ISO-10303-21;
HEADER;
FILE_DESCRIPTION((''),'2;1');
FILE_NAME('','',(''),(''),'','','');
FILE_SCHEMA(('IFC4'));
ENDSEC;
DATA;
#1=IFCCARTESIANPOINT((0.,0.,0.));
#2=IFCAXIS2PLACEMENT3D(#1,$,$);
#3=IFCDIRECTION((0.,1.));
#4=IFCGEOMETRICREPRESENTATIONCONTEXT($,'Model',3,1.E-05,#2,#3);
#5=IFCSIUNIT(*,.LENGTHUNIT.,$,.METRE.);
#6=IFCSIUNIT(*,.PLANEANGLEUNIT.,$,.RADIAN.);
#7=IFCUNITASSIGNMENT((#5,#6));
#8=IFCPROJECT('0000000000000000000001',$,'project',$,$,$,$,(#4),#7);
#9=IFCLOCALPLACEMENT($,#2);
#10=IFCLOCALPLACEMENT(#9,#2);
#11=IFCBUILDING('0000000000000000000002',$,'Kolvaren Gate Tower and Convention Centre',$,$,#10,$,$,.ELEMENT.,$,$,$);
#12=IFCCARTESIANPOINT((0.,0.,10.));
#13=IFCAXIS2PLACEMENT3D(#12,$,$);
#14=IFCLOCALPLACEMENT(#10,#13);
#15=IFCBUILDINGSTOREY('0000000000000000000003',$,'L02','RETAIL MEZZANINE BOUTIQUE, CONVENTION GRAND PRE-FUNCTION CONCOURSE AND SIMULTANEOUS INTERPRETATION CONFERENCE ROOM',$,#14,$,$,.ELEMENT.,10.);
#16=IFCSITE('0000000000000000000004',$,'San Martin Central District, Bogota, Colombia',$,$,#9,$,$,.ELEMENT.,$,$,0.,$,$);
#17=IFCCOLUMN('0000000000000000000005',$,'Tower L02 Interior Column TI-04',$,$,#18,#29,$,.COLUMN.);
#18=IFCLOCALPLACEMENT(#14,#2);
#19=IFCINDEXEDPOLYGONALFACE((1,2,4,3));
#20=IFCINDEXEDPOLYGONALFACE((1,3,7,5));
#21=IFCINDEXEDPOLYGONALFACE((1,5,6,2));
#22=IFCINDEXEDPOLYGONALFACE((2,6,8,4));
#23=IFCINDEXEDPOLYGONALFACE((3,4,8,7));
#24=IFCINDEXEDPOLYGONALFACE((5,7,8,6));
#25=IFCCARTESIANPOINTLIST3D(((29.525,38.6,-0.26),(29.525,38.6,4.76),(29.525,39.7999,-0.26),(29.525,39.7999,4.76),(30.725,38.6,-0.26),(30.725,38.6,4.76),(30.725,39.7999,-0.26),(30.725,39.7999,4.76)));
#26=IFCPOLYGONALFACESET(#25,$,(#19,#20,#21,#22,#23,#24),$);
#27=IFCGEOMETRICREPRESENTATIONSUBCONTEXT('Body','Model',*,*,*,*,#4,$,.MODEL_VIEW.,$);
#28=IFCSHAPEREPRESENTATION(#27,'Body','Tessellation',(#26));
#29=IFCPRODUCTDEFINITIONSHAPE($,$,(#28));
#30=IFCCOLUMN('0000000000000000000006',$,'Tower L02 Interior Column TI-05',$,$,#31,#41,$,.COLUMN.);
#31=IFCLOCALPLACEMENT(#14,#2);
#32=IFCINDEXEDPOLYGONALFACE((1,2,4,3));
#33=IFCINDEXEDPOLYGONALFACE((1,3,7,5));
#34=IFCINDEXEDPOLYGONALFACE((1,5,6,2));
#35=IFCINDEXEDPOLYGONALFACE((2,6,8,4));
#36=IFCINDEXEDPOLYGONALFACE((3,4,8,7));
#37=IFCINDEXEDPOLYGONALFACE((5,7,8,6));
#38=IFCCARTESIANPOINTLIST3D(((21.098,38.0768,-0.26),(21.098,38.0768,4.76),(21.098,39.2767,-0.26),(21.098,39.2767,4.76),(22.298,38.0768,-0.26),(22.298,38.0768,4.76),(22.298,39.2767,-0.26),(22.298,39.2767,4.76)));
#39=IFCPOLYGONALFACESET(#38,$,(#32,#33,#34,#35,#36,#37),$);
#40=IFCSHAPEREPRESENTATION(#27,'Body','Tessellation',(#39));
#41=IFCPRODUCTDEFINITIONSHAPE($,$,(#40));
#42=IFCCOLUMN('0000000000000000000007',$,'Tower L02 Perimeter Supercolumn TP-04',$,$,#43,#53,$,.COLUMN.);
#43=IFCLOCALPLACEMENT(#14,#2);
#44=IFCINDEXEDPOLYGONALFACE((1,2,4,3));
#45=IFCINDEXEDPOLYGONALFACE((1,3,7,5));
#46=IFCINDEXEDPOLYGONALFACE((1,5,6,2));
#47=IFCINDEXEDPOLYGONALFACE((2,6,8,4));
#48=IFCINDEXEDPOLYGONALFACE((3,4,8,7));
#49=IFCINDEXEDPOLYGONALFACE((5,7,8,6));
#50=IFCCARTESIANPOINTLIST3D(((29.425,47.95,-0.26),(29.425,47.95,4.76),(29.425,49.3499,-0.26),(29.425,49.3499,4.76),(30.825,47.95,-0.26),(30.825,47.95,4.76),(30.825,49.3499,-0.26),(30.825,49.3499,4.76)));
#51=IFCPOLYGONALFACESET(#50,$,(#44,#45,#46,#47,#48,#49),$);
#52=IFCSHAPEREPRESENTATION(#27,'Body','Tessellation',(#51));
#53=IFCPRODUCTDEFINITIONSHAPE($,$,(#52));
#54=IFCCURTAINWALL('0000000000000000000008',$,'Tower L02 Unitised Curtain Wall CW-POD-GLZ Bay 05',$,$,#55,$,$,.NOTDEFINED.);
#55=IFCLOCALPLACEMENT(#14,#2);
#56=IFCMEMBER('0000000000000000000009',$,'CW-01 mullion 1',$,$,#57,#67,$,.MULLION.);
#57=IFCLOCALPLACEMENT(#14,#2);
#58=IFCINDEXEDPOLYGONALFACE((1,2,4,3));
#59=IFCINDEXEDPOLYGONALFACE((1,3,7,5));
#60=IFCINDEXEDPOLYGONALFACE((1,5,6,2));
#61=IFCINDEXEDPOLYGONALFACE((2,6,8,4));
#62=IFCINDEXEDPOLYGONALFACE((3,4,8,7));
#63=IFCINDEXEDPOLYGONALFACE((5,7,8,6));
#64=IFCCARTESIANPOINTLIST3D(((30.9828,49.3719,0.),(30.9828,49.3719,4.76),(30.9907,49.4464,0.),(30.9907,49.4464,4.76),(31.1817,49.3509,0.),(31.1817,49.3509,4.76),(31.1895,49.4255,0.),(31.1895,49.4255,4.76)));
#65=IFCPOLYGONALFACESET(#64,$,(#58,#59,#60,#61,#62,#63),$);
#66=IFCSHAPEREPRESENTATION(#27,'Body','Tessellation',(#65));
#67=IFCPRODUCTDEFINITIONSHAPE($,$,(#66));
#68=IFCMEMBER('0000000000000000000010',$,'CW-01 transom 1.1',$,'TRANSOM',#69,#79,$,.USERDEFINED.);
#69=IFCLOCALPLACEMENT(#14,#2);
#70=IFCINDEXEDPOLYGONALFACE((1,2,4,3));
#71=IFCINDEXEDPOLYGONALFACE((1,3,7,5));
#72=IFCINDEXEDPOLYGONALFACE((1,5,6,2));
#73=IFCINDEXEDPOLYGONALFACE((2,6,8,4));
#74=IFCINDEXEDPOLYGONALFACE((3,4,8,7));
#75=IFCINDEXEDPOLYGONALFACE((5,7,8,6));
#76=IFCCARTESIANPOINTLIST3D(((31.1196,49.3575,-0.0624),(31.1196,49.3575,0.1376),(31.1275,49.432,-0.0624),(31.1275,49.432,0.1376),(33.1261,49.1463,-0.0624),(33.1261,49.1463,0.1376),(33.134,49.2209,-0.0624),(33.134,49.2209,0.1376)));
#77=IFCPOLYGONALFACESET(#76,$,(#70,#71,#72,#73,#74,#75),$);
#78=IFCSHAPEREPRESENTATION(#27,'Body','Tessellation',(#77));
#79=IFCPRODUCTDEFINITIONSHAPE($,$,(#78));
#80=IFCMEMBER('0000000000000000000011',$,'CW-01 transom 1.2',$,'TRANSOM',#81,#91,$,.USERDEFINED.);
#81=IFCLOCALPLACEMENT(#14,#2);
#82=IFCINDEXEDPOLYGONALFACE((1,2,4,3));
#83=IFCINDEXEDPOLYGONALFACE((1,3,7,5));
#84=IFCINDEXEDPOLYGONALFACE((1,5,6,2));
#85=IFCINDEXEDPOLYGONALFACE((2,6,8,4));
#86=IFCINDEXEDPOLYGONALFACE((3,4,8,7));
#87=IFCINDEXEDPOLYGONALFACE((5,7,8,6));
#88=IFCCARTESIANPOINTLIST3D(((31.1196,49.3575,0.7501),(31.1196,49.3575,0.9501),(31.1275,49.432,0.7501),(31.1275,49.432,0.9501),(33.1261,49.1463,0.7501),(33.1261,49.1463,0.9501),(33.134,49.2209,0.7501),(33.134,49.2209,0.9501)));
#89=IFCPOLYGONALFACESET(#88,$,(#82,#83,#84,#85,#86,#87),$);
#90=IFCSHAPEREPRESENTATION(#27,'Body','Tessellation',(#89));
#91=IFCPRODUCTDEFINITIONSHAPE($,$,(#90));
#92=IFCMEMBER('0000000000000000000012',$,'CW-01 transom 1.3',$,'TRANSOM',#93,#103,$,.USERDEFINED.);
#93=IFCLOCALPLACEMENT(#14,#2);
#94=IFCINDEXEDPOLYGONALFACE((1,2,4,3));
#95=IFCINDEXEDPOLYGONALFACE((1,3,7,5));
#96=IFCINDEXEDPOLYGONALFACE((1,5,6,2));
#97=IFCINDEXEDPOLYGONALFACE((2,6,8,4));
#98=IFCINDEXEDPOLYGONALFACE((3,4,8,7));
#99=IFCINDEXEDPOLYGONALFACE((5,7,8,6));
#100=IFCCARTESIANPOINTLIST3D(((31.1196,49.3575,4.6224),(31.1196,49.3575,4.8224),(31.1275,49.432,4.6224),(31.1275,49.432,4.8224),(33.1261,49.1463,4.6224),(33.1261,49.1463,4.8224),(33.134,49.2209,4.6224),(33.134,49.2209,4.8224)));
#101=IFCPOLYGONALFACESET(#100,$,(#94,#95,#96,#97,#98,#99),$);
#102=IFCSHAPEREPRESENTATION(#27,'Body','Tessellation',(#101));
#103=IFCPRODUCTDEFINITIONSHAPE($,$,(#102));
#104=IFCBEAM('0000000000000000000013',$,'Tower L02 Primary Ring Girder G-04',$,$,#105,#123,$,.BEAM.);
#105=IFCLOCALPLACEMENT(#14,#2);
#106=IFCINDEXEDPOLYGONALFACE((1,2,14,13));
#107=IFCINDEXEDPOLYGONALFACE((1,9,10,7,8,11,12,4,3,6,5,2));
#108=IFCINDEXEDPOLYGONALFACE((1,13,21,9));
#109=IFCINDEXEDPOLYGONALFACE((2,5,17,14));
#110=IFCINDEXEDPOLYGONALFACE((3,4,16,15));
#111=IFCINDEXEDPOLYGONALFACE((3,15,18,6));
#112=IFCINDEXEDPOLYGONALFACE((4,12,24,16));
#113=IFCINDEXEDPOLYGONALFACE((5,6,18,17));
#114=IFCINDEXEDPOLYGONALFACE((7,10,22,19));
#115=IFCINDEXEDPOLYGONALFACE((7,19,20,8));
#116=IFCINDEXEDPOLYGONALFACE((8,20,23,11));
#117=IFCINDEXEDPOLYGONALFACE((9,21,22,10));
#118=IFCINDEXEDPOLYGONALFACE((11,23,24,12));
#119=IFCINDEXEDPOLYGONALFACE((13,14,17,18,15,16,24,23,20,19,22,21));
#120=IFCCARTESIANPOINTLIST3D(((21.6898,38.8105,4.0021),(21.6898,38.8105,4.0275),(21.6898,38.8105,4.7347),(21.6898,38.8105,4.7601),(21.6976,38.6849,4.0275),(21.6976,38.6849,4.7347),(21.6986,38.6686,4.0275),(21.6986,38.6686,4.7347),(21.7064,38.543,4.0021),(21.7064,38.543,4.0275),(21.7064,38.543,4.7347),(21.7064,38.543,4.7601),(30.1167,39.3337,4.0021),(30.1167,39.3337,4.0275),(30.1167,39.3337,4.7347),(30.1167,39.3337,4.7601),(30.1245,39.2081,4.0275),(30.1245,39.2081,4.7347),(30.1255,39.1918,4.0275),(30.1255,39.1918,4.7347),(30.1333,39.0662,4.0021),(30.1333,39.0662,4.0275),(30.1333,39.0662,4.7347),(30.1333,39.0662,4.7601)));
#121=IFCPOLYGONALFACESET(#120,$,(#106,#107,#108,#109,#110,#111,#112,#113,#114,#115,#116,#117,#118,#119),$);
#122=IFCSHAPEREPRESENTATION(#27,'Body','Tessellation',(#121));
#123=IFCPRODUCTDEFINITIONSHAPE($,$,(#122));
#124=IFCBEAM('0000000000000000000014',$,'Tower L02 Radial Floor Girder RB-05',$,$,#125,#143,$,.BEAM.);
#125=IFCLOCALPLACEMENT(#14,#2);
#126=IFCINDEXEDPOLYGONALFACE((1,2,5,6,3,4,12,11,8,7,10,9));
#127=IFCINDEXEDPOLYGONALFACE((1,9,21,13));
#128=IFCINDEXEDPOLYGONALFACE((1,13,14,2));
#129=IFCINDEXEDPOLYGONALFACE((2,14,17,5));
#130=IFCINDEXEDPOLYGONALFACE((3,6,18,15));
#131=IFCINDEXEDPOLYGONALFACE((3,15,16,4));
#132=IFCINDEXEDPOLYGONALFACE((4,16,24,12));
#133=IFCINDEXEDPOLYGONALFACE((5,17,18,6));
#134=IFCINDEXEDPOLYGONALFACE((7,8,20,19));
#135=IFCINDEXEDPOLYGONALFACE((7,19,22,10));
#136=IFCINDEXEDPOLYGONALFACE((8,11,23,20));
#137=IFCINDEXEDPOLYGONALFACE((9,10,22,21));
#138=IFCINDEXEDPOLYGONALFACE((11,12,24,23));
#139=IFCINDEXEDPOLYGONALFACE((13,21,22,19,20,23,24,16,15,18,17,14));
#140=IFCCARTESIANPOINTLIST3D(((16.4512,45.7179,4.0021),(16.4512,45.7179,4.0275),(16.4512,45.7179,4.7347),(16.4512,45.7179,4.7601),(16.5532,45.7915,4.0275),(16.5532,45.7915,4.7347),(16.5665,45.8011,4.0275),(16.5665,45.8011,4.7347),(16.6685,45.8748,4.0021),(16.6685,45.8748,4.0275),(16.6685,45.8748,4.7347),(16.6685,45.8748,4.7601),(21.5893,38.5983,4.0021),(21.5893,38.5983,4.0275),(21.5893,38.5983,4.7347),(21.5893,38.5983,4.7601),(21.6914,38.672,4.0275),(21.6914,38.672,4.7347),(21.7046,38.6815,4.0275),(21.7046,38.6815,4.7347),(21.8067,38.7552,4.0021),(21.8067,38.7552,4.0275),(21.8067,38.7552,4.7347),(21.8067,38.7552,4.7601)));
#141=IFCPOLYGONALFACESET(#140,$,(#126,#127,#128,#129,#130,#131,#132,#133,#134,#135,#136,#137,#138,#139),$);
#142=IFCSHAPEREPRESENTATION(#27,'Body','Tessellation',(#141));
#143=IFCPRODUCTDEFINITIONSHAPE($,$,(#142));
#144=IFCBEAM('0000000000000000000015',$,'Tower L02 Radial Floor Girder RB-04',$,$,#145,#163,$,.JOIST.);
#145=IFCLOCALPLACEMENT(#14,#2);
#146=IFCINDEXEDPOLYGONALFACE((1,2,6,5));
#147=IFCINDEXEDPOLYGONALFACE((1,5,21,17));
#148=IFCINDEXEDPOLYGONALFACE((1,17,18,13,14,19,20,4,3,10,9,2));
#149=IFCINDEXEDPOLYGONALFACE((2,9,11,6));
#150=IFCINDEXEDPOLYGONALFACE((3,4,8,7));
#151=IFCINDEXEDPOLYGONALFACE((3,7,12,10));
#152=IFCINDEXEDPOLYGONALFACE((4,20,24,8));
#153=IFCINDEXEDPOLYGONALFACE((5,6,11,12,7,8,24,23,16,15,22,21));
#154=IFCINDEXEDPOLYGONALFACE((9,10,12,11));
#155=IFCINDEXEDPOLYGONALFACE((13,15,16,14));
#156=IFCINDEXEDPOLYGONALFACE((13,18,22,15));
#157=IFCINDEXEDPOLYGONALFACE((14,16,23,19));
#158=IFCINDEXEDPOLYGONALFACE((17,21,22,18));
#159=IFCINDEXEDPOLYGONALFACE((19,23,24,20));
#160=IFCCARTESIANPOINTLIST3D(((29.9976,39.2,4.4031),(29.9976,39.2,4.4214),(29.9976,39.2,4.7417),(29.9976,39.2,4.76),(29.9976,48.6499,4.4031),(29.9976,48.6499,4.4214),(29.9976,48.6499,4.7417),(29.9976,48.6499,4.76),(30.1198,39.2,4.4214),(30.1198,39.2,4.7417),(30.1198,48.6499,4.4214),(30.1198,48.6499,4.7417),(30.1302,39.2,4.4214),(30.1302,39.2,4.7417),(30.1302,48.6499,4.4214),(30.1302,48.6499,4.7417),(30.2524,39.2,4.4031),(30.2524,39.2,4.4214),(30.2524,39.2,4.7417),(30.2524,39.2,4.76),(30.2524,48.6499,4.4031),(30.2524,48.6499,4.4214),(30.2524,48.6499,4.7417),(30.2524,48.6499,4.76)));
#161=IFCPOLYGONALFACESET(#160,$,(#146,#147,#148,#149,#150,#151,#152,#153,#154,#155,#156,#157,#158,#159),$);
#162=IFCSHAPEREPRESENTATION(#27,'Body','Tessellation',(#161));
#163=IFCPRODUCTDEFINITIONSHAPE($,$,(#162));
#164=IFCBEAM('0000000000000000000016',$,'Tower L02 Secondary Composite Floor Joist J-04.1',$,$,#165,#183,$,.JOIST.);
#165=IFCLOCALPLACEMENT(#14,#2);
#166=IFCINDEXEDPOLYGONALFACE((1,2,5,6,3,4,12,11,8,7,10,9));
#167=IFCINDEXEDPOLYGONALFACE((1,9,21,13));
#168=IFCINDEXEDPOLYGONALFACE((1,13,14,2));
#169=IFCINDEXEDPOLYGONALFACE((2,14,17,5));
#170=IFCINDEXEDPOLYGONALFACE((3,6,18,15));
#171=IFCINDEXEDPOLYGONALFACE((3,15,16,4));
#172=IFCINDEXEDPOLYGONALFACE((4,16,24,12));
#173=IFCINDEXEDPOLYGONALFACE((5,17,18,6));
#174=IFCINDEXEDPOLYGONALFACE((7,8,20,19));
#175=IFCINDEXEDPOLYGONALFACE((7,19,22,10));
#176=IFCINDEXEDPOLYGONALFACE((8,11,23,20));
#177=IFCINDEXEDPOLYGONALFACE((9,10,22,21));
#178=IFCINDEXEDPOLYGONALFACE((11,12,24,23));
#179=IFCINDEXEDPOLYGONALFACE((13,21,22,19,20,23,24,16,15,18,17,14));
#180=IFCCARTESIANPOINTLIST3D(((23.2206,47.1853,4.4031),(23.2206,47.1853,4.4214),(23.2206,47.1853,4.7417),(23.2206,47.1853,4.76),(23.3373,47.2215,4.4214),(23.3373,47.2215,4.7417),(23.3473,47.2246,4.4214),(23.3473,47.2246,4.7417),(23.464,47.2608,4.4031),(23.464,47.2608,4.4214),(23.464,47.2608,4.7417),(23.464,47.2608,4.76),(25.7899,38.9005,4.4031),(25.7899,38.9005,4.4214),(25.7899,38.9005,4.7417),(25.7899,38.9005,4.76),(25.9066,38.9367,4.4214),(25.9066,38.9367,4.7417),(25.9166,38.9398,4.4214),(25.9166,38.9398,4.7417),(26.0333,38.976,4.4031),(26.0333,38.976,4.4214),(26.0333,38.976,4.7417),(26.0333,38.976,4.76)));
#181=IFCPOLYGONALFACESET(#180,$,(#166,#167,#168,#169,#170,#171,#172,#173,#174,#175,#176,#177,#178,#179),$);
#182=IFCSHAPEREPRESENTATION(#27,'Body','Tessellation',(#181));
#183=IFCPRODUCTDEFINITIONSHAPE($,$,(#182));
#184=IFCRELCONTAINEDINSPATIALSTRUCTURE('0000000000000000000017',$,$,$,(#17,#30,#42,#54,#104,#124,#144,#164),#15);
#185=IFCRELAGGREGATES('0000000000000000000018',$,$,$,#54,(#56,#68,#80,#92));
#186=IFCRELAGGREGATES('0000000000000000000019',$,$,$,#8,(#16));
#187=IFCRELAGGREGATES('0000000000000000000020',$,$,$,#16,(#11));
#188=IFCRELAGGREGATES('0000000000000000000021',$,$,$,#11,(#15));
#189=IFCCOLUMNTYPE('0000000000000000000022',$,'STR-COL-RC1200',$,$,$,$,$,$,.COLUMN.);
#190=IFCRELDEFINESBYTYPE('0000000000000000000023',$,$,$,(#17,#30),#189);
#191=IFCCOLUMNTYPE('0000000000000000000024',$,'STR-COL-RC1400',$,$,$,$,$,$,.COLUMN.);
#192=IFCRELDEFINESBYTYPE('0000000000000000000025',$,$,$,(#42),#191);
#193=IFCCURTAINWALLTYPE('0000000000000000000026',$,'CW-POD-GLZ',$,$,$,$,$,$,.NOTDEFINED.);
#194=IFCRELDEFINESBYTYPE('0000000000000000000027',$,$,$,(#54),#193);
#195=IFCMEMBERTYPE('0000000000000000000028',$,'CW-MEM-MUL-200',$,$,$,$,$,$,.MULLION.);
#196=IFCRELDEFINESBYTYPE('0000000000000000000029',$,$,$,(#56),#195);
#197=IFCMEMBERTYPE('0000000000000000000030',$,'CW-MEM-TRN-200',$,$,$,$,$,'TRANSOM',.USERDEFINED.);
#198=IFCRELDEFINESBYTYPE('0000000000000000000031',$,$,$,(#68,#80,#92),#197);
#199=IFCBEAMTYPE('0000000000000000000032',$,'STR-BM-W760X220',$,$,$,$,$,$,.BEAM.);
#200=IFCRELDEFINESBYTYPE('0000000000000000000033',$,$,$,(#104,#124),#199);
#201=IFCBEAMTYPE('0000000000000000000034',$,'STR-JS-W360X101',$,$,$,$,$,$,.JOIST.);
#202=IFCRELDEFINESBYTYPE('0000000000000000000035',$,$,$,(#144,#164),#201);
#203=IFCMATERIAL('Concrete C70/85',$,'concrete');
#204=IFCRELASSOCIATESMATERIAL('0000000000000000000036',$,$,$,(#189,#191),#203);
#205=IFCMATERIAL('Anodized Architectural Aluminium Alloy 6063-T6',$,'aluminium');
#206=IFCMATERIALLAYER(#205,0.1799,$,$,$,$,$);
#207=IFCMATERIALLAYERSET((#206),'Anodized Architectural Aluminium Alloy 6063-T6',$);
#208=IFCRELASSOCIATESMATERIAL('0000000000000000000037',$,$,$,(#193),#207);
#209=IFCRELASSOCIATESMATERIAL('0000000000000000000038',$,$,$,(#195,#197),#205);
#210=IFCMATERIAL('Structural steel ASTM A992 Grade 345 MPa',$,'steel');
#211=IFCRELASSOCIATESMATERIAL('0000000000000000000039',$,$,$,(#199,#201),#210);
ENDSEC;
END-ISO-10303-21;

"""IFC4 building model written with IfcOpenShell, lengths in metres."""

from ifc_helpers import new_model, si_unit, direction, frame, origin, origin_2d, place, context, subcontext, project, spatial, rectangle, i_section, extrude, material, layer, layer_set, material_profile, profile_set, type_object, element, aggregate, save


model = new_model("IFC4")

# Units and contexts
model_context = context("Model", 3, precision=1e-05, world=origin(), true_north=direction((0.0, 1.0)))
body_context = subcontext(model_context, "Body", "Model", "MODEL_VIEW")
ifc_project = project(units=[si_unit("LENGTHUNIT", "METRE"), si_unit("PLANEANGLEUNIT", "RADIAN")], contexts=[model_context])

# Site, building, storey
site_placement = place(None, origin())
site = spatial("IfcSite", under=ifc_project, at=site_placement, Name="San Martin Central District, Bogota, Colombia", CompositionType="ELEMENT", RefElevation=0.0)
building_placement = place(site_placement, origin())
building = spatial("IfcBuilding", under=site, at=building_placement, Name="Kolvaren Gate Tower and Convention Centre", CompositionType="ELEMENT")
storey_placement = place(building_placement, frame((0.0, 0.0, 10.0)))
storey = spatial("IfcBuildingStorey", under=building, at=storey_placement, Name="L02", Description="RETAIL MEZZANINE BOUTIQUE, CONVENTION GRAND PRE-FUNCTION CONCOURSE AND SIMULTANEOUS INTERPRETATION CONFERENCE ROOM", CompositionType="ELEMENT", Elevation=10.0)

# Columns
ifc_material_1 = material(Name="Concrete C70/85", Category="concrete")
ifc_material_profile_1 = material_profile(ifc_material_1, rectangle(XDim=1.2, YDim=1.2, at=origin_2d()), Name="RC-COL-1200X1200")
ifc_profile_set_1 = profile_set([ifc_material_profile_1], Name="Concrete C70/85")
column_type_1 = type_object("IfcColumnType", Name="STR-COL-RC1200", PredefinedType="COLUMN", material=ifc_profile_set_1)
for number, where, z_axis, x_axis, name in (
    (1, (30.125, 39.2, -0.26), (0.0, 0.0, 1.0), (1.0, 0.0, 0.0), "Tower L02 Interior Column TI-04"),
    (2, (21.698, 38.6768, -0.26), (0.0, 0.0, 1.0), (1.0, 0.0, 0.0), "Tower L02 Interior Column TI-05"),
):
    element("IfcColumn", number, at=place(storey_placement, frame(where, z_axis=z_axis, x_axis=x_axis)), inside=storey, type_object=column_type_1, Name=name, PredefinedType="COLUMN", context=body_context, shape_type="SweptSolid", body=[
        extrude(rectangle(XDim=1.2, YDim=1.2, at=origin_2d()), origin(), (0.0, 0.0, 1.0), 5.02),
    ])
ifc_material_profile_2 = material_profile(ifc_material_1, rectangle(XDim=1.3999, YDim=1.3999, at=origin_2d()), Name="RC-COL-1400X1400")
ifc_profile_set_2 = profile_set([ifc_material_profile_2], Name="Concrete C70/85")
column_type_2 = type_object("IfcColumnType", Name="STR-COL-RC1400", PredefinedType="COLUMN", material=ifc_profile_set_2)
column_placement = place(storey_placement, frame((30.125, 48.6499, -0.26), z_axis=(0.0, 0.0, 1.0), x_axis=(1.0, 0.0, 0.0)))
element("IfcColumn", 3, at=column_placement, inside=storey, type_object=column_type_2, Name="Tower L02 Perimeter Supercolumn TP-04", PredefinedType="COLUMN", context=body_context, shape_type="SweptSolid", body=[
    extrude(rectangle(XDim=1.3999, YDim=1.3999, at=origin_2d()), origin(), (0.0, 0.0, 1.0), 5.02),
])

# Curtain wall, members
ifc_material_2 = material(Name="Anodized Architectural Aluminium Alloy 6063-T6", Category="aluminium")
ifc_layer_1 = layer(ifc_material_2, 0.1799)
ifc_layer_set_1 = layer_set([ifc_layer_1], Name="Anodized Architectural Aluminium Alloy 6063-T6")
curtain_wall_type = type_object("IfcCurtainWallType", Name="CW-POD-GLZ", PredefinedType="NOTDEFINED", material=ifc_layer_set_1)
curtain_wall_placement = place(storey_placement, origin())
curtain_wall = element("IfcCurtainWall", 4, at=curtain_wall_placement, inside=storey, type_object=curtain_wall_type, Name="Tower L02 Unitised Curtain Wall CW-POD-GLZ Bay 05", PredefinedType="NOTDEFINED")
ifc_material_profile_3 = material_profile(ifc_material_2, rectangle(XDim=0.075, YDim=0.2, at=origin_2d()), Name="CW-MEM-MUL-200")
ifc_profile_set_3 = profile_set([ifc_material_profile_3], Name="Anodized Architectural Aluminium Alloy 6063-T6")
member_type_1 = type_object("IfcMemberType", Name="CW-MEM-MUL-200", PredefinedType="MULLION", material=ifc_profile_set_3)
member_1_placement = place(storey_placement, frame((31.0862, 49.3987, 0.0), z_axis=(0.0, 0.0, 1.0), x_axis=(0.104748, 0.994499, 0.0)))
member_1 = element("IfcMember", 5, at=member_1_placement, type_object=member_type_1, Name="CW-01 mullion 1", PredefinedType="MULLION", context=body_context, shape_type="SweptSolid", body=[
    extrude(rectangle(XDim=0.075, YDim=0.2, at=origin_2d()), origin(), (0.0, 0.0, 1.0), 4.76),
])
ifc_material_profile_4 = material_profile(ifc_material_2, rectangle(XDim=0.075, YDim=0.2, at=origin_2d()), Name="CW-MEM-TRN-200")
ifc_profile_set_4 = profile_set([ifc_material_profile_4], Name="Anodized Architectural Aluminium Alloy 6063-T6")
member_type_2 = type_object("IfcMemberType", Name="CW-MEM-TRN-200", ElementType="TRANSOM", PredefinedType="USERDEFINED", material=ifc_profile_set_4)
member_2_placement = place(storey_placement, frame((31.1235, 49.3948, 0.0376), z_axis=(0.994507, -0.104666, 0.0), x_axis=(0.104666, 0.994507, 0.0)))
member_2 = element("IfcMember", 6, at=member_2_placement, type_object=member_type_2, Name="CW-01 transom 1.1", ObjectType="TRANSOM", PredefinedType="USERDEFINED", context=body_context, shape_type="SweptSolid", body=[
    extrude(rectangle(XDim=0.075, YDim=0.2, at=origin_2d()), origin(), (0.0, 0.0, 1.0), 2.0176),
])
member_3_placement = place(storey_placement, frame((31.1235, 49.3948, 0.8501), z_axis=(0.994507, -0.104666, 0.0), x_axis=(0.104666, 0.994507, 0.0)))
member_3 = element("IfcMember", 7, at=member_3_placement, type_object=member_type_2, Name="CW-01 transom 1.2", ObjectType="TRANSOM", PredefinedType="USERDEFINED", context=body_context, shape_type="SweptSolid", body=[
    extrude(rectangle(XDim=0.075, YDim=0.2, at=origin_2d()), origin(), (0.0, 0.0, 1.0), 2.0176),
])
member_4_placement = place(storey_placement, frame((31.1235, 49.3948, 4.7224), z_axis=(0.994507, -0.104666, 0.0), x_axis=(0.104666, 0.994507, 0.0)))
member_4 = element("IfcMember", 8, at=member_4_placement, type_object=member_type_2, Name="CW-01 transom 1.3", ObjectType="TRANSOM", PredefinedType="USERDEFINED", context=body_context, shape_type="SweptSolid", body=[
    extrude(rectangle(XDim=0.075, YDim=0.2, at=origin_2d()), origin(), (0.0, 0.0, 1.0), 2.0176),
])

# Beams
ifc_material_3 = material(Name="Structural steel ASTM A992 Grade 345 MPa", Category="steel")
ifc_material_profile_5 = material_profile(ifc_material_3, i_section(OverallWidth=0.2681, OverallDepth=0.7581, WebThickness=0.0164, FlangeThickness=0.0254, at=origin_2d()), Name="W760X220")
ifc_profile_set_5 = profile_set([ifc_material_profile_5], Name="Structural steel ASTM A992 Grade 345 MPa")
beam_type_1 = type_object("IfcBeamType", Name="STR-BM-W760X220", PredefinedType="BEAM", material=ifc_profile_set_5)
beam_1_placement = place(storey_placement, frame((30.125, 39.2, 4.3811), z_axis=(-0.998078, -0.061966, 0.0), x_axis=(0.061966, -0.998078, 0.0)))
element("IfcBeam", 9, at=beam_1_placement, inside=storey, type_object=beam_type_1, Name="Tower L02 Primary Ring Girder G-04", PredefinedType="BEAM", context=body_context, shape_type="SweptSolid", body=[
    extrude(i_section(OverallWidth=0.2681, OverallDepth=0.7581, WebThickness=0.0164, FlangeThickness=0.0254, at=origin_2d()), origin(), (0.0, 0.0, 1.0), 8.4431),
])
beam_2_placement = place(storey_placement, frame((21.698, 38.6768, 4.3811), z_axis=(-0.585208, 0.810883, 0.0), x_axis=(-0.810883, -0.585208, 0.0)))
element("IfcBeam", 10, at=beam_2_placement, inside=storey, type_object=beam_type_1, Name="Tower L02 Radial Floor Girder RB-05", PredefinedType="BEAM", context=body_context, shape_type="SweptSolid", body=[
    extrude(i_section(OverallWidth=0.2681, OverallDepth=0.7581, WebThickness=0.0164, FlangeThickness=0.0254, at=origin_2d()), origin(), (0.0, 0.0, 1.0), 8.78),
])
ifc_material_profile_6 = material_profile(ifc_material_3, i_section(OverallWidth=0.2549, OverallDepth=0.3569, WebThickness=0.0105, FlangeThickness=0.0183, at=origin_2d()), Name="W360X101")
ifc_profile_set_6 = profile_set([ifc_material_profile_6], Name="Structural steel ASTM A992 Grade 345 MPa")
beam_type_2 = type_object("IfcBeamType", Name="STR-JS-W360X101", PredefinedType="JOIST", material=ifc_profile_set_6)
beam_3_placement = place(storey_placement, frame((30.125, 39.2, 4.5815), z_axis=(0.0, 1.0, 0.0), x_axis=(-1.0, 0.0, 0.0)))
element("IfcBeam", 11, at=beam_3_placement, inside=storey, type_object=beam_type_2, Name="Tower L02 Radial Floor Girder RB-04", PredefinedType="JOIST", context=body_context, shape_type="SweptSolid", body=[
    extrude(i_section(OverallWidth=0.2549, OverallDepth=0.3569, WebThickness=0.0105, FlangeThickness=0.0183, at=origin_2d()), origin(), (0.0, 0.0, 1.0), 9.45),
])
beam_4_placement = place(storey_placement, frame((25.9116, 38.9382, 4.5815), z_axis=(-0.296205, 0.955124, 0.0), x_axis=(-0.955124, -0.296205, 0.0)))
element("IfcBeam", 12, at=beam_4_placement, inside=storey, type_object=beam_type_2, Name="Tower L02 Secondary Composite Floor Joist J-04.1", PredefinedType="JOIST", context=body_context, shape_type="SweptSolid", body=[
    extrude(i_section(OverallWidth=0.2549, OverallDepth=0.3569, WebThickness=0.0105, FlangeThickness=0.0183, at=origin_2d()), origin(), (0.0, 0.0, 1.0), 8.6741),
])

aggregate(curtain_wall, [member_1, member_2, member_3, member_4])

save(model, "model.ifc")
